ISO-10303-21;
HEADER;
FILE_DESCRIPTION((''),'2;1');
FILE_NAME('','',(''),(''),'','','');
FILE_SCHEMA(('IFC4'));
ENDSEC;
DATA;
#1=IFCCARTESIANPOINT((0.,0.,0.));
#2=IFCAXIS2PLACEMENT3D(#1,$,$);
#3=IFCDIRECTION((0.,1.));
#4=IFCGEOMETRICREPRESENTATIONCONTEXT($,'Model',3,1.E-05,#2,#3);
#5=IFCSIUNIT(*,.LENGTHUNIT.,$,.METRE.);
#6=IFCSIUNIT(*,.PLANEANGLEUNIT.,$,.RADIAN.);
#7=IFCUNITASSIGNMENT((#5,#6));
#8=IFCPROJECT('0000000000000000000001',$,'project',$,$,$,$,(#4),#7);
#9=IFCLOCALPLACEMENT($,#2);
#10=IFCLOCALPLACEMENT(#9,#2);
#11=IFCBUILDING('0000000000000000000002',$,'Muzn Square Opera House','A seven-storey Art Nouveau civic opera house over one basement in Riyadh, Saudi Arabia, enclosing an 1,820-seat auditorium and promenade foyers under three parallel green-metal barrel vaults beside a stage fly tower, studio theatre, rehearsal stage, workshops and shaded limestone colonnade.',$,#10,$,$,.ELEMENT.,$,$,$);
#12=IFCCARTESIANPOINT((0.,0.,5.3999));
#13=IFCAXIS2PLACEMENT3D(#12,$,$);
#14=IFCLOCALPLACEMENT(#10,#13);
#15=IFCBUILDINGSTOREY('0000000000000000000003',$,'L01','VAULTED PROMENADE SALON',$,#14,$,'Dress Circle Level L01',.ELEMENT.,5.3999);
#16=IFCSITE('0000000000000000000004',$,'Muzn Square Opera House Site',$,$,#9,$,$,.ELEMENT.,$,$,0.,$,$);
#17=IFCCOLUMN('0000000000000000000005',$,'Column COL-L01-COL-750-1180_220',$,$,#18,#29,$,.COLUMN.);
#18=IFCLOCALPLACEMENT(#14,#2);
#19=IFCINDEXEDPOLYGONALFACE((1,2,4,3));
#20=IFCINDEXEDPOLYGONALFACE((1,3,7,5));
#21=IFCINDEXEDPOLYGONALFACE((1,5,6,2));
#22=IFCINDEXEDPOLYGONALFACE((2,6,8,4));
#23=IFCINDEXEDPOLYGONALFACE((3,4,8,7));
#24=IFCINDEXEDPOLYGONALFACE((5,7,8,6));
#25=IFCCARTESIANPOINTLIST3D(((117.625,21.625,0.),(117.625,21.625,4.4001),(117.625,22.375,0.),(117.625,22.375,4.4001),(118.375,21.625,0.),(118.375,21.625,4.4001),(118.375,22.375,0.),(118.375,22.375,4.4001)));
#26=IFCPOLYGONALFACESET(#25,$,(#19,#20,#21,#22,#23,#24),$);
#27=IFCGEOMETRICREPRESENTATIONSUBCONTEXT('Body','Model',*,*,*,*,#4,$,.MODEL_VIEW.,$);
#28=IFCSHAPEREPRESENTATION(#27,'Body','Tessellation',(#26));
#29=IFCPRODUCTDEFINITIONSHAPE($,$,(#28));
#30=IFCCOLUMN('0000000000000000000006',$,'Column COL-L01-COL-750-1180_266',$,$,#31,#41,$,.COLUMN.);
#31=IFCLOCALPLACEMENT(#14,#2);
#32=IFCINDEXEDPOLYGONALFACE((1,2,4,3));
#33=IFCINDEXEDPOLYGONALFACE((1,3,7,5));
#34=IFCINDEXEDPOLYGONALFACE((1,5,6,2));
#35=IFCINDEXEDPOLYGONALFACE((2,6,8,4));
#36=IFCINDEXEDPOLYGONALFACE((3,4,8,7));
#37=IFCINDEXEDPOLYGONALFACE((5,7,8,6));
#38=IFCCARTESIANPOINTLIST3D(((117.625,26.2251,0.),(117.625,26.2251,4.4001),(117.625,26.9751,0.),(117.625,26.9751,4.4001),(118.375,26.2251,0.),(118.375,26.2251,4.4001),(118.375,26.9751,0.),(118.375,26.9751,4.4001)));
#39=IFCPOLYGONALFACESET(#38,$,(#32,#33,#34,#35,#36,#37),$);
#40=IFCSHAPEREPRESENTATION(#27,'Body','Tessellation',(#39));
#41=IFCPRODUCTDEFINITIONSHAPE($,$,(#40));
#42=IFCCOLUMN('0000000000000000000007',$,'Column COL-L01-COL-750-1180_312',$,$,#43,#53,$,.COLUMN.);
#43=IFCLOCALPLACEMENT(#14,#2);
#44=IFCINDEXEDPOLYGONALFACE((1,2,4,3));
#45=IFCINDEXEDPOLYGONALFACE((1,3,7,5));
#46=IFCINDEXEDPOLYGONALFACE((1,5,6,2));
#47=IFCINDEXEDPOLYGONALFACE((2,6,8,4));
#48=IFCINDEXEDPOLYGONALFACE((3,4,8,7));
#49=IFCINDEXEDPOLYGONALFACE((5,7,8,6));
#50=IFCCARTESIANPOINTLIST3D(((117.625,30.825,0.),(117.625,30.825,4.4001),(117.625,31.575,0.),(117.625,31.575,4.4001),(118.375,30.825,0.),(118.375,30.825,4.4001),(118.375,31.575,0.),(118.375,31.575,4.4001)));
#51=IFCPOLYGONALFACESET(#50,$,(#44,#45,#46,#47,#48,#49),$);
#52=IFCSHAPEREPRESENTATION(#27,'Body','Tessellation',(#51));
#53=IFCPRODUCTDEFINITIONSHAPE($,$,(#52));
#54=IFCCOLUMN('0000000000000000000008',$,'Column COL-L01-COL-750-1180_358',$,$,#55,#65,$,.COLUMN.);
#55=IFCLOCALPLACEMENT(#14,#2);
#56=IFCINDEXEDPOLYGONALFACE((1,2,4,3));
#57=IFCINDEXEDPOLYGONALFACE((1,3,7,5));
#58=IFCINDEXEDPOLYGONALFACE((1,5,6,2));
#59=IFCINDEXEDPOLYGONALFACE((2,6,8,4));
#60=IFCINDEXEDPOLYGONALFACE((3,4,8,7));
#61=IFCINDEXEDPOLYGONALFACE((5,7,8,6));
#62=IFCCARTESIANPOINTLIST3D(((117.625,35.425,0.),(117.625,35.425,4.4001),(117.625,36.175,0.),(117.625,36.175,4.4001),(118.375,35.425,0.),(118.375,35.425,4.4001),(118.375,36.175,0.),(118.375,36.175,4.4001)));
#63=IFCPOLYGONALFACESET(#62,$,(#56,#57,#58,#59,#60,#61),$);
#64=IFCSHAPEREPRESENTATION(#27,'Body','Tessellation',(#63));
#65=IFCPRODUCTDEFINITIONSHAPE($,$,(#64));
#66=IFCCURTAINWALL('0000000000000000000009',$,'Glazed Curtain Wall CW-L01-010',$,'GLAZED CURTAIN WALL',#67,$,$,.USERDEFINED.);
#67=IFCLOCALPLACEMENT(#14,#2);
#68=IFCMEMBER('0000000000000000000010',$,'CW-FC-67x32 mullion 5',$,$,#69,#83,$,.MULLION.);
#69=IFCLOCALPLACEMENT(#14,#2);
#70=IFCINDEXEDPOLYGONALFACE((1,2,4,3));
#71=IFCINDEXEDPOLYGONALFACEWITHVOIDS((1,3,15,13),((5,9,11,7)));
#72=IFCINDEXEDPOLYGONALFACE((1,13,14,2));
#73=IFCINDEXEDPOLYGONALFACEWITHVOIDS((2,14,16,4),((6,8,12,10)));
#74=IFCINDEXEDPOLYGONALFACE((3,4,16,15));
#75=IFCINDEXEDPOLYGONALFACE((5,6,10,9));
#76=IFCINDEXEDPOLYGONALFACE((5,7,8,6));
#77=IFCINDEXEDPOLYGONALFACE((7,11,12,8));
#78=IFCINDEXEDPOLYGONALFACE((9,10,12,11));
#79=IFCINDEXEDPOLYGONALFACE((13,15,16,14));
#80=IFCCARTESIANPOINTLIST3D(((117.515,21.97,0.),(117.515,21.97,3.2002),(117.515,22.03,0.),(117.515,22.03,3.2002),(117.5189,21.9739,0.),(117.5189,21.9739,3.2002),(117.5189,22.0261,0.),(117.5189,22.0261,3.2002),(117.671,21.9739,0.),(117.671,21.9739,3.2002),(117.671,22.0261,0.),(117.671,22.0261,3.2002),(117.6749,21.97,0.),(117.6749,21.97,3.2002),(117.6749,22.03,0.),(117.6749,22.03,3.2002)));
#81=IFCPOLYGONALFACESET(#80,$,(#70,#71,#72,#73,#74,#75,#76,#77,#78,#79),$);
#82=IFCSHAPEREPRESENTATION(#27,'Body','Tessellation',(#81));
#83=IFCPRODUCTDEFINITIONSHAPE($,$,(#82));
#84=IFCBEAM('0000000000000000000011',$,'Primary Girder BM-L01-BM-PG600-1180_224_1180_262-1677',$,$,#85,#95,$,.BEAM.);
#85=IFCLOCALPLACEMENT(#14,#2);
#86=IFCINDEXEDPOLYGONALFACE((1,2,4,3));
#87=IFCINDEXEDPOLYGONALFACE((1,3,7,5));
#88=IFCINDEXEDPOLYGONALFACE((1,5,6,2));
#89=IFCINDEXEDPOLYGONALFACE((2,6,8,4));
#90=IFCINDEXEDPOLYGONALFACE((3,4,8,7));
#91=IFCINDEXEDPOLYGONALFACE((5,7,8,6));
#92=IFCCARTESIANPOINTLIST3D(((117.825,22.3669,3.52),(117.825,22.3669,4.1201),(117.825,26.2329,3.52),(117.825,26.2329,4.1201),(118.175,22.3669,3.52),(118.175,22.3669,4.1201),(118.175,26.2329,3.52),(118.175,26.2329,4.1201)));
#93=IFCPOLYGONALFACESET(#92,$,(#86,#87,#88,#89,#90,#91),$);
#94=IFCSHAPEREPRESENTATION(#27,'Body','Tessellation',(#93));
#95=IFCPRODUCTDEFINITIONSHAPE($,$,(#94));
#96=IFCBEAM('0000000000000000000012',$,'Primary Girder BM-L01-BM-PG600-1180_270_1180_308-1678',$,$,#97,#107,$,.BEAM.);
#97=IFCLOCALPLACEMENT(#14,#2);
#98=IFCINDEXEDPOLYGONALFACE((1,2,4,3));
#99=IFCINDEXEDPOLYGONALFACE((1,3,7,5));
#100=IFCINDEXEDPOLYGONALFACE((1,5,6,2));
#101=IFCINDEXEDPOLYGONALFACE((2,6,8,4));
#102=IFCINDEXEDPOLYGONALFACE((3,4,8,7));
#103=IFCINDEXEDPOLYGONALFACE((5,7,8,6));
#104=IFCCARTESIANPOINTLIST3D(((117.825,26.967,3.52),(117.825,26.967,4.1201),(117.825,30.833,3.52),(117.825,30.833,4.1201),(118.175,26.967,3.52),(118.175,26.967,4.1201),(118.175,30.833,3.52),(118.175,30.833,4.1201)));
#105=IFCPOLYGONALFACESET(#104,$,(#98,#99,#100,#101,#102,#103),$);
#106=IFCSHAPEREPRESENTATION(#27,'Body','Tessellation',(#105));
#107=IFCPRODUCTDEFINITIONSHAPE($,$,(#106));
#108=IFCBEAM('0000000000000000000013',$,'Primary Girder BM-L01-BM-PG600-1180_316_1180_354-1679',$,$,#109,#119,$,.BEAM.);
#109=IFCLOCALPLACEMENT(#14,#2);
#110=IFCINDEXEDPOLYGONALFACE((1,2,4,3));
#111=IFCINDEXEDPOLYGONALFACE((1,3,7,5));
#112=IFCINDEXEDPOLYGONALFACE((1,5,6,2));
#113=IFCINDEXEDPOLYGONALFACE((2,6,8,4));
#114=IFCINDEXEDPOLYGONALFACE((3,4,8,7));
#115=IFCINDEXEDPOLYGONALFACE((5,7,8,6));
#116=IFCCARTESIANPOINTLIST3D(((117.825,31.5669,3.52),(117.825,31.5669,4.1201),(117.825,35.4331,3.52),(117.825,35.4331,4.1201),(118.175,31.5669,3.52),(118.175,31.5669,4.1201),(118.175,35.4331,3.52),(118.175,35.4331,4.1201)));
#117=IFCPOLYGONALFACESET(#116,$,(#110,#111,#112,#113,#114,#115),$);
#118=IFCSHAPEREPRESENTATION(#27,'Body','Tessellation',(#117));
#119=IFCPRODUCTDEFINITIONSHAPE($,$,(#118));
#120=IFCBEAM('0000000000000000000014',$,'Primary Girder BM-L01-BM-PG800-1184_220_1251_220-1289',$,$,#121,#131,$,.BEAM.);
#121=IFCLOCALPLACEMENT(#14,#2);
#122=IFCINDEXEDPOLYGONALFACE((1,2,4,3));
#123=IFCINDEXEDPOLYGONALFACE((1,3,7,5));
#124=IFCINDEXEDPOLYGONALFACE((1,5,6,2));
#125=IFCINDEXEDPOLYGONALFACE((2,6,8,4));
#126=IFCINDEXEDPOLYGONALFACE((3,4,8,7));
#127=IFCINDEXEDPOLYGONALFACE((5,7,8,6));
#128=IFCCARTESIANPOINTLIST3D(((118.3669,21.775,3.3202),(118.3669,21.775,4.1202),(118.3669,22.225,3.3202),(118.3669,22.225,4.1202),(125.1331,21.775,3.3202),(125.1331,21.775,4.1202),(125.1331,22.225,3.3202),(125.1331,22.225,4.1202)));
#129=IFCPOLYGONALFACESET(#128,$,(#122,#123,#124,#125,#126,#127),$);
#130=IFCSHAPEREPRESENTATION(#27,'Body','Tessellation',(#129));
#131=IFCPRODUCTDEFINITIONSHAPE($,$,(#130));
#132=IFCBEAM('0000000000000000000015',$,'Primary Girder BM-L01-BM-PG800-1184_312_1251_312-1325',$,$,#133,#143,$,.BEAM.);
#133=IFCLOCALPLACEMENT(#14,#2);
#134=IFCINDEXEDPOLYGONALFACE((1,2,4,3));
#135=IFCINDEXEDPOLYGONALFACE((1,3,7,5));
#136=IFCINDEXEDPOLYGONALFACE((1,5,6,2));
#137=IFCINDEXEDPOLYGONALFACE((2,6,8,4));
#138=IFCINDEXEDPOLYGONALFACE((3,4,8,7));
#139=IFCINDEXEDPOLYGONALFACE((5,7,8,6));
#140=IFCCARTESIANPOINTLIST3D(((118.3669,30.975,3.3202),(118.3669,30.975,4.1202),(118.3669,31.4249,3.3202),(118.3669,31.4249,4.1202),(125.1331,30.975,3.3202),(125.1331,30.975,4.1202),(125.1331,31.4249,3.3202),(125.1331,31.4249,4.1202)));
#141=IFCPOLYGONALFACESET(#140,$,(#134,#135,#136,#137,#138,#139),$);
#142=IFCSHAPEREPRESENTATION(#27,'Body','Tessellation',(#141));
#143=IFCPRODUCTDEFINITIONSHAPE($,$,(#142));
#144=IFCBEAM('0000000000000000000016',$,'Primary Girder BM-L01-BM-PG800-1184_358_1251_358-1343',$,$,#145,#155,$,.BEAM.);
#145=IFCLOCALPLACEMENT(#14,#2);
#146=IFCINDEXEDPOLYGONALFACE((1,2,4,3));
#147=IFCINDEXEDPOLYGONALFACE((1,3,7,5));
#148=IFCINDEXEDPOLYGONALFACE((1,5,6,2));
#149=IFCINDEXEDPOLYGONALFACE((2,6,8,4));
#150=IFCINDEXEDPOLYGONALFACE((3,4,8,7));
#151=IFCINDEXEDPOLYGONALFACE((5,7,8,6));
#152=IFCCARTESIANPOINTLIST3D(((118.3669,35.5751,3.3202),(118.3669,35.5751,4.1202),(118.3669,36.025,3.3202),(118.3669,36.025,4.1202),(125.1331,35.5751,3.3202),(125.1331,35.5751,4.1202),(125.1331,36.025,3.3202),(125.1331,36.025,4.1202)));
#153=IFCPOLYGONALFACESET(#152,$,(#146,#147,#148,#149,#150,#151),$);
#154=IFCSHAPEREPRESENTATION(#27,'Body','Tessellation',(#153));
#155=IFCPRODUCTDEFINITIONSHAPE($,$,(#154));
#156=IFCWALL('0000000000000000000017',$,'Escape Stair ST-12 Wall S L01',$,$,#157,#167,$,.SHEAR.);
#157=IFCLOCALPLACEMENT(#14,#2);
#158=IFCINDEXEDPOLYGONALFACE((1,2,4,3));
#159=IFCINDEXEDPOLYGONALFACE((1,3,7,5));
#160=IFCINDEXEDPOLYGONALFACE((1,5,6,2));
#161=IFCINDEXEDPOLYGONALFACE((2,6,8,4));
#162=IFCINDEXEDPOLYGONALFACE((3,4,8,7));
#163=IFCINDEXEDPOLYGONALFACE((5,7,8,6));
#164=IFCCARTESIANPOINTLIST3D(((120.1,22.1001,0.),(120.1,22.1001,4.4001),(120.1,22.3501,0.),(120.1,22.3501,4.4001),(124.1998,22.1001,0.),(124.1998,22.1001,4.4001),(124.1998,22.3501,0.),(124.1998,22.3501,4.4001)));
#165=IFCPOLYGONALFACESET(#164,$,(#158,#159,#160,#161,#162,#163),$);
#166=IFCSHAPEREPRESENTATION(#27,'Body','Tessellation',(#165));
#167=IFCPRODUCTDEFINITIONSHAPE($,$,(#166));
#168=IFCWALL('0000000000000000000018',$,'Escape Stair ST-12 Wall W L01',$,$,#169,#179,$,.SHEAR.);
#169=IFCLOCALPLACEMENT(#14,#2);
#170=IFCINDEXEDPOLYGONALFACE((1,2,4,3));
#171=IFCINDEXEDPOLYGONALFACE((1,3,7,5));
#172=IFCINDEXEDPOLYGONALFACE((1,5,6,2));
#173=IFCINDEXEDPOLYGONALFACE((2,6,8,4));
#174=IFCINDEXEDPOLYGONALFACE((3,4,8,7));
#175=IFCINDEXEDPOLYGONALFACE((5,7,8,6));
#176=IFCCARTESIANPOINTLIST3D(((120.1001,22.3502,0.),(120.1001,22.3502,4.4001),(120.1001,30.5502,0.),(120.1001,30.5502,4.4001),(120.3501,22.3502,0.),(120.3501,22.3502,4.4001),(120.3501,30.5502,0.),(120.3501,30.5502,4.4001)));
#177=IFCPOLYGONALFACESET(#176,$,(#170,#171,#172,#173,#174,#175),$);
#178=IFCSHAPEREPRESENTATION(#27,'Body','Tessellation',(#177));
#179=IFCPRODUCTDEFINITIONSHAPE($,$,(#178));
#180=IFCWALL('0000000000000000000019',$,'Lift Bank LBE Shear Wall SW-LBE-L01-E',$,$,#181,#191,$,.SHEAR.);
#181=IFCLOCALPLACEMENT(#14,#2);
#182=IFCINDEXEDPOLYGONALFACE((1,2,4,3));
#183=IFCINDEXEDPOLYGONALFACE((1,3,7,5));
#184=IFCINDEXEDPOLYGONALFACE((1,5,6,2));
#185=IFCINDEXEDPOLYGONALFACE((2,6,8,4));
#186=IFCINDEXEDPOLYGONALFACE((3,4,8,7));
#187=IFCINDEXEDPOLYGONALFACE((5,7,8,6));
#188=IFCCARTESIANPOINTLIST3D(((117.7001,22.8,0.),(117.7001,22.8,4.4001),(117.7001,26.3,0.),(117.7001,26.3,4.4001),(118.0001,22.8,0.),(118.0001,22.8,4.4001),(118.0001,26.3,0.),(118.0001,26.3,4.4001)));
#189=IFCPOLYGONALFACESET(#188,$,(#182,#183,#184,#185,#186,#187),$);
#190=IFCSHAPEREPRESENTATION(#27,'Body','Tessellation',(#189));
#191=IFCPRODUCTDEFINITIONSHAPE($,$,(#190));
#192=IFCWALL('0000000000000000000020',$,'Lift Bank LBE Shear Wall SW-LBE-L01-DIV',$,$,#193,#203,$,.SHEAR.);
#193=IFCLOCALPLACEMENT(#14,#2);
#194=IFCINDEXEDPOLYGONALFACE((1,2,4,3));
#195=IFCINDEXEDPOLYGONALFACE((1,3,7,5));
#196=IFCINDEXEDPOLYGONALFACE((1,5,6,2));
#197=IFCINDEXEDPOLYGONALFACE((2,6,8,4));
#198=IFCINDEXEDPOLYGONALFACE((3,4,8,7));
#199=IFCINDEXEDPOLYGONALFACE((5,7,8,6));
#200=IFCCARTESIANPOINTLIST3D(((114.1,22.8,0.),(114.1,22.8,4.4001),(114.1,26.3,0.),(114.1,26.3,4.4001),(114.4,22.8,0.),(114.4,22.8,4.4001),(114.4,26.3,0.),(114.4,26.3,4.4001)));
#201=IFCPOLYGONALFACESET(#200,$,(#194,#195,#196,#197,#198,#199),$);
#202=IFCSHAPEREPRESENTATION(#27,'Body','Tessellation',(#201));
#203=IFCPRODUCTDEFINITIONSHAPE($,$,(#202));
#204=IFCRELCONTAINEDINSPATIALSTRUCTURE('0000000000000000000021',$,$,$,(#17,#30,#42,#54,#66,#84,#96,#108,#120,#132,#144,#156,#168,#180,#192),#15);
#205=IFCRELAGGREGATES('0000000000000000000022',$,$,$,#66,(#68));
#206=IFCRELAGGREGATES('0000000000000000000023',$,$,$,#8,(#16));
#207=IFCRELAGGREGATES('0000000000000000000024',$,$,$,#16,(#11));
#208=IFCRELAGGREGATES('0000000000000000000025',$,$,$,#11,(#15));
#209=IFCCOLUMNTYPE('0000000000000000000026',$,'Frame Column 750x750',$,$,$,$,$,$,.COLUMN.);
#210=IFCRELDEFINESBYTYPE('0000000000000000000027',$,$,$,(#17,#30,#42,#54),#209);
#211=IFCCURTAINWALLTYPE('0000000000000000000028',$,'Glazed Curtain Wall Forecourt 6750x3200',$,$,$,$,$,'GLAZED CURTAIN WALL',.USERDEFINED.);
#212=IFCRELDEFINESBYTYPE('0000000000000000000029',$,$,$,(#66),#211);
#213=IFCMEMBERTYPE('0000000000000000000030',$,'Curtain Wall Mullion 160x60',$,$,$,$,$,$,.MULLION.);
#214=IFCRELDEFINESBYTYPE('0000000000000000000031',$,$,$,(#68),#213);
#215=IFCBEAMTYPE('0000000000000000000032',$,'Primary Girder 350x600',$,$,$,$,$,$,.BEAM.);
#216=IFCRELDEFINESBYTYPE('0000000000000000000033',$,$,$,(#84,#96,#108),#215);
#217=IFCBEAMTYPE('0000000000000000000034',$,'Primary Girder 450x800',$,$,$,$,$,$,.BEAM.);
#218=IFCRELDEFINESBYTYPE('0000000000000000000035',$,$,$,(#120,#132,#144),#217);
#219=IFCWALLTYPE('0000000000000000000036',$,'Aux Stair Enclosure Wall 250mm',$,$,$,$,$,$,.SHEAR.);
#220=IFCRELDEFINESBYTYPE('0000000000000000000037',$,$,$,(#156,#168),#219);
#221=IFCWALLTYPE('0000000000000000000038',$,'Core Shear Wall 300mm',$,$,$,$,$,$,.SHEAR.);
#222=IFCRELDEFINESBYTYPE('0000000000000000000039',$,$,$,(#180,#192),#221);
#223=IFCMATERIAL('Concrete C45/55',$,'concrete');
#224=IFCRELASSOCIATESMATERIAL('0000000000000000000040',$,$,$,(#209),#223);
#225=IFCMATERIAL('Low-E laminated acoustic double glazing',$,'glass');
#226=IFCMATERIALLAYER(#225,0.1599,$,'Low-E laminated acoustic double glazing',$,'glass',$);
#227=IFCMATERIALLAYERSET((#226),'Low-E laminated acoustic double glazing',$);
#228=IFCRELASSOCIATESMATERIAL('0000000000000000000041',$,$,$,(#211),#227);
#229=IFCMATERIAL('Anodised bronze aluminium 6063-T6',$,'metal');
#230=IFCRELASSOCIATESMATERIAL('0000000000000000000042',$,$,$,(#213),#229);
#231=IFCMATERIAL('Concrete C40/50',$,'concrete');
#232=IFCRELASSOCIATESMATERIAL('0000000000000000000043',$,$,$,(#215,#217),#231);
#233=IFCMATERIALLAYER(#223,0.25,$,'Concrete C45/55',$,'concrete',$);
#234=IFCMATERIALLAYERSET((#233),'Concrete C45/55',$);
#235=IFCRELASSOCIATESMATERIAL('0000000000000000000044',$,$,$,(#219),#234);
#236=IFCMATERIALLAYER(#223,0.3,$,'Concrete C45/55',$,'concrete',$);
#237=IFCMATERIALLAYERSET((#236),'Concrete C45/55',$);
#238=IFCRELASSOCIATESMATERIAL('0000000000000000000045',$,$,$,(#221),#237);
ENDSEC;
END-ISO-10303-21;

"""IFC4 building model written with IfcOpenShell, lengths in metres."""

from ifc_helpers import new_model, si_unit, direction, frame, frame_2d, origin, origin_2d, place, context, subcontext, project, spatial, rectangle, hollow_rectangle, extrude, material, layer, layer_set, material_profile, profile_set, type_object, element, aggregate, save


model = new_model("IFC4")

# Units and contexts
model_context = context("Model", 3, precision=1e-05, world=origin(), true_north=direction((0.0, 1.0)))
body_context = subcontext(model_context, "Body", "Model", "MODEL_VIEW")
ifc_project = project(units=[si_unit("LENGTHUNIT", "METRE"), si_unit("PLANEANGLEUNIT", "RADIAN")], contexts=[model_context])

# Site, building, storey
site_placement = place(None, origin())
site = spatial("IfcSite", under=ifc_project, at=site_placement, Name="Muzn Square Opera House Site", CompositionType="ELEMENT", RefElevation=0.0)
building_placement = place(site_placement, origin())
building = spatial("IfcBuilding", under=site, at=building_placement, Name="Muzn Square Opera House", Description="A seven-storey Art Nouveau civic opera house over one basement in Riyadh, Saudi Arabia, enclosing an 1,820-seat auditorium and promenade foyers under three parallel green-metal barrel vaults beside a stage fly tower, studio theatre, rehearsal stage, workshops and shaded limestone colonnade.", CompositionType="ELEMENT")
storey_placement = place(building_placement, frame((0.0, 0.0, 5.3999)))
storey = spatial("IfcBuildingStorey", under=building, at=storey_placement, Name="L01", Description="VAULTED PROMENADE SALON", LongName="Dress Circle Level L01", CompositionType="ELEMENT", Elevation=5.3999)

# Columns
ifc_material_1 = material(Name="Concrete C45/55", Category="concrete")
ifc_material_profile_1 = material_profile(ifc_material_1, rectangle(XDim=0.75, YDim=0.75, at=origin_2d()), Name="RC 750x750", Category="concrete")
ifc_profile_set_1 = profile_set([ifc_material_profile_1], Name="Concrete C45/55")
column_type = type_object("IfcColumnType", Name="Frame Column 750x750", PredefinedType="COLUMN", material=ifc_profile_set_1)
for number, where, z_axis, x_axis, name in (
    (1, (118.0, 22.0, 0.0), (0.0, 0.0, 1.0), (1.0, 0.0, 0.0), "Column COL-L01-COL-750-1180_220"),
    (2, (118.0, 26.6001, 0.0), (0.0, 0.0, 1.0), (1.0, 0.0, 0.0), "Column COL-L01-COL-750-1180_266"),
    (3, (118.0, 31.2, 0.0), (0.0, 0.0, 1.0), (1.0, 0.0, 0.0), "Column COL-L01-COL-750-1180_312"),
    (4, (118.0, 35.8, 0.0), (0.0, 0.0, 1.0), (1.0, 0.0, 0.0), "Column COL-L01-COL-750-1180_358"),
):
    element("IfcColumn", number, at=place(storey_placement, frame(where, z_axis=z_axis, x_axis=x_axis)), inside=storey, type_object=column_type, Name=name, PredefinedType="COLUMN", context=body_context, shape_type="SweptSolid", body=[
        extrude(rectangle(XDim=0.75, YDim=0.75, at=origin_2d()), origin(), (0.0, 0.0, 1.0), 4.4001),
    ])

# Curtain wall, member
ifc_material_2 = material(Name="Low-E laminated acoustic double glazing", Category="glass")
ifc_layer_1 = layer(ifc_material_2, 0.1599, Name="Low-E laminated acoustic double glazing", Category="glass")
ifc_layer_set_1 = layer_set([ifc_layer_1], Name="Low-E laminated acoustic double glazing")
curtain_wall_type = type_object("IfcCurtainWallType", Name="Glazed Curtain Wall Forecourt 6750x3200", ElementType="GLAZED CURTAIN WALL", PredefinedType="USERDEFINED", material=ifc_layer_set_1)
curtain_wall_placement = place(storey_placement, origin())
curtain_wall = element("IfcCurtainWall", 5, at=curtain_wall_placement, inside=storey, type_object=curtain_wall_type, Name="Glazed Curtain Wall CW-L01-010", ObjectType="GLAZED CURTAIN WALL", PredefinedType="USERDEFINED")
ifc_material_3 = material(Name="Anodised bronze aluminium 6063-T6", Category="metal")
ifc_material_profile_2 = material_profile(ifc_material_3, hollow_rectangle(XDim=0.0601, YDim=0.1599, WallThickness=0.0039, at=origin_2d()), Name="ALU 160x60x4", Category="metal")
ifc_profile_set_2 = profile_set([ifc_material_profile_2], Name="Anodised bronze aluminium 6063-T6")
member_type = type_object("IfcMemberType", Name="Curtain Wall Mullion 160x60", PredefinedType="MULLION", material=ifc_profile_set_2)
member_placement = place(storey_placement, frame((117.595, 22.0, 0.0), z_axis=(0.0, 0.0, 1.0), x_axis=(0.0, 1.0, 0.0)))
member = element("IfcMember", 6, at=member_placement, type_object=member_type, Name="CW-FC-67x32 mullion 5", PredefinedType="MULLION", context=body_context, shape_type="SweptSolid", body=[
    extrude(hollow_rectangle(XDim=0.0601, YDim=0.1599, WallThickness=0.0039, at=origin_2d()), origin(), (0.0, 0.0, 1.0), 3.2002),
])
aggregate(curtain_wall, [member])

# Beams
ifc_material_4 = material(Name="Concrete C40/50", Category="concrete")
ifc_material_profile_3 = material_profile(ifc_material_4, rectangle(XDim=0.3501, YDim=0.6001, at=origin_2d()), Name="RCB 350x600", Category="concrete")
ifc_profile_set_3 = profile_set([ifc_material_profile_3], Name="Concrete C40/50")
beam_type_1 = type_object("IfcBeamType", Name="Primary Girder 350x600", PredefinedType="BEAM", material=ifc_profile_set_3)
for number, where, z_axis, x_axis, name in (
    (7, (118.0, 22.3669, 3.8201), (0.0, 1.0, 0.0), (-1.0, 0.0, 0.0), "Primary Girder BM-L01-BM-PG600-1180_224_1180_262-1677"),
    (8, (118.0, 26.967, 3.8201), (0.0, 1.0, 0.0), (-1.0, 0.0, 0.0), "Primary Girder BM-L01-BM-PG600-1180_270_1180_308-1678"),
):
    element("IfcBeam", number, at=place(storey_placement, frame(where, z_axis=z_axis, x_axis=x_axis)), inside=storey, type_object=beam_type_1, Name=name, PredefinedType="BEAM", context=body_context, shape_type="SweptSolid", body=[
        extrude(rectangle(XDim=0.3501, YDim=0.6001, at=origin_2d()), origin(), (0.0, 0.0, 1.0), 3.866),
    ])
beam_placement = place(storey_placement, frame((118.0, 31.5669, 3.8201), z_axis=(0.0, 1.0, 0.0), x_axis=(-1.0, 0.0, 0.0)))
element("IfcBeam", 9, at=beam_placement, inside=storey, type_object=beam_type_1, Name="Primary Girder BM-L01-BM-PG600-1180_316_1180_354-1679", PredefinedType="BEAM", context=body_context, shape_type="SweptSolid", body=[
    extrude(rectangle(XDim=0.3501, YDim=0.6001, at=origin_2d()), origin(), (0.0, 0.0, 1.0), 3.8662),
])
ifc_material_profile_4 = material_profile(ifc_material_4, rectangle(XDim=0.45, YDim=0.8, at=origin_2d()), Name="RCB 450x800", Category="concrete")
ifc_profile_set_4 = profile_set([ifc_material_profile_4], Name="Concrete C40/50")
beam_type_2 = type_object("IfcBeamType", Name="Primary Girder 450x800", PredefinedType="BEAM", material=ifc_profile_set_4)
for number, where, z_axis, x_axis, name in (
    (10, (118.3669, 22.0, 3.7202), (1.0, 0.0, 0.0), (0.0, 1.0, 0.0), "Primary Girder BM-L01-BM-PG800-1184_220_1251_220-1289"),
    (11, (118.3669, 31.2, 3.7202), (1.0, 0.0, 0.0), (0.0, 1.0, 0.0), "Primary Girder BM-L01-BM-PG800-1184_312_1251_312-1325"),
    (12, (118.3669, 35.8, 3.7202), (1.0, 0.0, 0.0), (0.0, 1.0, 0.0), "Primary Girder BM-L01-BM-PG800-1184_358_1251_358-1343"),
):
    element("IfcBeam", number, at=place(storey_placement, frame(where, z_axis=z_axis, x_axis=x_axis)), inside=storey, type_object=beam_type_2, Name=name, PredefinedType="BEAM", context=body_context, shape_type="SweptSolid", body=[
        extrude(rectangle(XDim=0.45, YDim=0.8, at=origin_2d()), origin(), (0.0, 0.0, 1.0), 6.7661),
    ])

# Walls
ifc_layer_2 = layer(ifc_material_1, 0.25, Name="Concrete C45/55", Category="concrete")
ifc_layer_set_2 = layer_set([ifc_layer_2], Name="Concrete C45/55")
wall_type_1 = type_object("IfcWallType", Name="Aux Stair Enclosure Wall 250mm", PredefinedType="SHEAR", material=ifc_layer_set_2)
wall_1_placement = place(storey_placement, frame((120.1001, 22.2251, 0.0), z_axis=(0.0, 0.0, 1.0), x_axis=(1.0, 0.0, 0.0)))
element("IfcWall", 13, at=wall_1_placement, inside=storey, type_object=wall_type_1, Name="Escape Stair ST-12 Wall S L01", PredefinedType="SHEAR", context=body_context, shape_type="SweptSolid", body=[
    extrude(rectangle(XDim=4.0999, YDim=0.25, at=frame_2d((2.0498, 0.0))), origin(), (0.0, 0.0, 1.0), 4.4001),
])
wall_2_placement = place(storey_placement, frame((120.2251, 22.3501, 0.0), z_axis=(0.0, 0.0, 1.0), x_axis=(0.0, 1.0, 0.0)))
element("IfcWall", 14, at=wall_2_placement, inside=storey, type_object=wall_type_1, Name="Escape Stair ST-12 Wall W L01", PredefinedType="SHEAR", context=body_context, shape_type="SweptSolid", body=[
    extrude(rectangle(XDim=8.2, YDim=0.25, at=frame_2d((4.1001, 0.0))), origin(), (0.0, 0.0, 1.0), 4.4001),
])

# Walls
ifc_layer_3 = layer(ifc_material_1, 0.3, Name="Concrete C45/55", Category="concrete")
ifc_layer_set_3 = layer_set([ifc_layer_3], Name="Concrete C45/55")
wall_type_2 = type_object("IfcWallType", Name="Core Shear Wall 300mm", PredefinedType="SHEAR", material=ifc_layer_set_3)
for number, where, z_axis, x_axis, name in (
    (15, (117.8501, 22.8, 0.0), (0.0, 0.0, 1.0), (0.0, 1.0, 0.0), "Lift Bank LBE Shear Wall SW-LBE-L01-E"),
    (16, (114.25, 22.8, 0.0), (0.0, 0.0, 1.0), (0.0, 1.0, 0.0), "Lift Bank LBE Shear Wall SW-LBE-L01-DIV"),
):
    element("IfcWall", number, at=place(storey_placement, frame(where, z_axis=z_axis, x_axis=x_axis)), inside=storey, type_object=wall_type_2, Name=name, PredefinedType="SHEAR", context=body_context, shape_type="SweptSolid", body=[
        extrude(rectangle(XDim=3.5, YDim=0.3, at=frame_2d((1.75, 0.0))), origin(), (0.0, 0.0, 1.0), 4.4001),
    ])

save(model, "model.ifc")
